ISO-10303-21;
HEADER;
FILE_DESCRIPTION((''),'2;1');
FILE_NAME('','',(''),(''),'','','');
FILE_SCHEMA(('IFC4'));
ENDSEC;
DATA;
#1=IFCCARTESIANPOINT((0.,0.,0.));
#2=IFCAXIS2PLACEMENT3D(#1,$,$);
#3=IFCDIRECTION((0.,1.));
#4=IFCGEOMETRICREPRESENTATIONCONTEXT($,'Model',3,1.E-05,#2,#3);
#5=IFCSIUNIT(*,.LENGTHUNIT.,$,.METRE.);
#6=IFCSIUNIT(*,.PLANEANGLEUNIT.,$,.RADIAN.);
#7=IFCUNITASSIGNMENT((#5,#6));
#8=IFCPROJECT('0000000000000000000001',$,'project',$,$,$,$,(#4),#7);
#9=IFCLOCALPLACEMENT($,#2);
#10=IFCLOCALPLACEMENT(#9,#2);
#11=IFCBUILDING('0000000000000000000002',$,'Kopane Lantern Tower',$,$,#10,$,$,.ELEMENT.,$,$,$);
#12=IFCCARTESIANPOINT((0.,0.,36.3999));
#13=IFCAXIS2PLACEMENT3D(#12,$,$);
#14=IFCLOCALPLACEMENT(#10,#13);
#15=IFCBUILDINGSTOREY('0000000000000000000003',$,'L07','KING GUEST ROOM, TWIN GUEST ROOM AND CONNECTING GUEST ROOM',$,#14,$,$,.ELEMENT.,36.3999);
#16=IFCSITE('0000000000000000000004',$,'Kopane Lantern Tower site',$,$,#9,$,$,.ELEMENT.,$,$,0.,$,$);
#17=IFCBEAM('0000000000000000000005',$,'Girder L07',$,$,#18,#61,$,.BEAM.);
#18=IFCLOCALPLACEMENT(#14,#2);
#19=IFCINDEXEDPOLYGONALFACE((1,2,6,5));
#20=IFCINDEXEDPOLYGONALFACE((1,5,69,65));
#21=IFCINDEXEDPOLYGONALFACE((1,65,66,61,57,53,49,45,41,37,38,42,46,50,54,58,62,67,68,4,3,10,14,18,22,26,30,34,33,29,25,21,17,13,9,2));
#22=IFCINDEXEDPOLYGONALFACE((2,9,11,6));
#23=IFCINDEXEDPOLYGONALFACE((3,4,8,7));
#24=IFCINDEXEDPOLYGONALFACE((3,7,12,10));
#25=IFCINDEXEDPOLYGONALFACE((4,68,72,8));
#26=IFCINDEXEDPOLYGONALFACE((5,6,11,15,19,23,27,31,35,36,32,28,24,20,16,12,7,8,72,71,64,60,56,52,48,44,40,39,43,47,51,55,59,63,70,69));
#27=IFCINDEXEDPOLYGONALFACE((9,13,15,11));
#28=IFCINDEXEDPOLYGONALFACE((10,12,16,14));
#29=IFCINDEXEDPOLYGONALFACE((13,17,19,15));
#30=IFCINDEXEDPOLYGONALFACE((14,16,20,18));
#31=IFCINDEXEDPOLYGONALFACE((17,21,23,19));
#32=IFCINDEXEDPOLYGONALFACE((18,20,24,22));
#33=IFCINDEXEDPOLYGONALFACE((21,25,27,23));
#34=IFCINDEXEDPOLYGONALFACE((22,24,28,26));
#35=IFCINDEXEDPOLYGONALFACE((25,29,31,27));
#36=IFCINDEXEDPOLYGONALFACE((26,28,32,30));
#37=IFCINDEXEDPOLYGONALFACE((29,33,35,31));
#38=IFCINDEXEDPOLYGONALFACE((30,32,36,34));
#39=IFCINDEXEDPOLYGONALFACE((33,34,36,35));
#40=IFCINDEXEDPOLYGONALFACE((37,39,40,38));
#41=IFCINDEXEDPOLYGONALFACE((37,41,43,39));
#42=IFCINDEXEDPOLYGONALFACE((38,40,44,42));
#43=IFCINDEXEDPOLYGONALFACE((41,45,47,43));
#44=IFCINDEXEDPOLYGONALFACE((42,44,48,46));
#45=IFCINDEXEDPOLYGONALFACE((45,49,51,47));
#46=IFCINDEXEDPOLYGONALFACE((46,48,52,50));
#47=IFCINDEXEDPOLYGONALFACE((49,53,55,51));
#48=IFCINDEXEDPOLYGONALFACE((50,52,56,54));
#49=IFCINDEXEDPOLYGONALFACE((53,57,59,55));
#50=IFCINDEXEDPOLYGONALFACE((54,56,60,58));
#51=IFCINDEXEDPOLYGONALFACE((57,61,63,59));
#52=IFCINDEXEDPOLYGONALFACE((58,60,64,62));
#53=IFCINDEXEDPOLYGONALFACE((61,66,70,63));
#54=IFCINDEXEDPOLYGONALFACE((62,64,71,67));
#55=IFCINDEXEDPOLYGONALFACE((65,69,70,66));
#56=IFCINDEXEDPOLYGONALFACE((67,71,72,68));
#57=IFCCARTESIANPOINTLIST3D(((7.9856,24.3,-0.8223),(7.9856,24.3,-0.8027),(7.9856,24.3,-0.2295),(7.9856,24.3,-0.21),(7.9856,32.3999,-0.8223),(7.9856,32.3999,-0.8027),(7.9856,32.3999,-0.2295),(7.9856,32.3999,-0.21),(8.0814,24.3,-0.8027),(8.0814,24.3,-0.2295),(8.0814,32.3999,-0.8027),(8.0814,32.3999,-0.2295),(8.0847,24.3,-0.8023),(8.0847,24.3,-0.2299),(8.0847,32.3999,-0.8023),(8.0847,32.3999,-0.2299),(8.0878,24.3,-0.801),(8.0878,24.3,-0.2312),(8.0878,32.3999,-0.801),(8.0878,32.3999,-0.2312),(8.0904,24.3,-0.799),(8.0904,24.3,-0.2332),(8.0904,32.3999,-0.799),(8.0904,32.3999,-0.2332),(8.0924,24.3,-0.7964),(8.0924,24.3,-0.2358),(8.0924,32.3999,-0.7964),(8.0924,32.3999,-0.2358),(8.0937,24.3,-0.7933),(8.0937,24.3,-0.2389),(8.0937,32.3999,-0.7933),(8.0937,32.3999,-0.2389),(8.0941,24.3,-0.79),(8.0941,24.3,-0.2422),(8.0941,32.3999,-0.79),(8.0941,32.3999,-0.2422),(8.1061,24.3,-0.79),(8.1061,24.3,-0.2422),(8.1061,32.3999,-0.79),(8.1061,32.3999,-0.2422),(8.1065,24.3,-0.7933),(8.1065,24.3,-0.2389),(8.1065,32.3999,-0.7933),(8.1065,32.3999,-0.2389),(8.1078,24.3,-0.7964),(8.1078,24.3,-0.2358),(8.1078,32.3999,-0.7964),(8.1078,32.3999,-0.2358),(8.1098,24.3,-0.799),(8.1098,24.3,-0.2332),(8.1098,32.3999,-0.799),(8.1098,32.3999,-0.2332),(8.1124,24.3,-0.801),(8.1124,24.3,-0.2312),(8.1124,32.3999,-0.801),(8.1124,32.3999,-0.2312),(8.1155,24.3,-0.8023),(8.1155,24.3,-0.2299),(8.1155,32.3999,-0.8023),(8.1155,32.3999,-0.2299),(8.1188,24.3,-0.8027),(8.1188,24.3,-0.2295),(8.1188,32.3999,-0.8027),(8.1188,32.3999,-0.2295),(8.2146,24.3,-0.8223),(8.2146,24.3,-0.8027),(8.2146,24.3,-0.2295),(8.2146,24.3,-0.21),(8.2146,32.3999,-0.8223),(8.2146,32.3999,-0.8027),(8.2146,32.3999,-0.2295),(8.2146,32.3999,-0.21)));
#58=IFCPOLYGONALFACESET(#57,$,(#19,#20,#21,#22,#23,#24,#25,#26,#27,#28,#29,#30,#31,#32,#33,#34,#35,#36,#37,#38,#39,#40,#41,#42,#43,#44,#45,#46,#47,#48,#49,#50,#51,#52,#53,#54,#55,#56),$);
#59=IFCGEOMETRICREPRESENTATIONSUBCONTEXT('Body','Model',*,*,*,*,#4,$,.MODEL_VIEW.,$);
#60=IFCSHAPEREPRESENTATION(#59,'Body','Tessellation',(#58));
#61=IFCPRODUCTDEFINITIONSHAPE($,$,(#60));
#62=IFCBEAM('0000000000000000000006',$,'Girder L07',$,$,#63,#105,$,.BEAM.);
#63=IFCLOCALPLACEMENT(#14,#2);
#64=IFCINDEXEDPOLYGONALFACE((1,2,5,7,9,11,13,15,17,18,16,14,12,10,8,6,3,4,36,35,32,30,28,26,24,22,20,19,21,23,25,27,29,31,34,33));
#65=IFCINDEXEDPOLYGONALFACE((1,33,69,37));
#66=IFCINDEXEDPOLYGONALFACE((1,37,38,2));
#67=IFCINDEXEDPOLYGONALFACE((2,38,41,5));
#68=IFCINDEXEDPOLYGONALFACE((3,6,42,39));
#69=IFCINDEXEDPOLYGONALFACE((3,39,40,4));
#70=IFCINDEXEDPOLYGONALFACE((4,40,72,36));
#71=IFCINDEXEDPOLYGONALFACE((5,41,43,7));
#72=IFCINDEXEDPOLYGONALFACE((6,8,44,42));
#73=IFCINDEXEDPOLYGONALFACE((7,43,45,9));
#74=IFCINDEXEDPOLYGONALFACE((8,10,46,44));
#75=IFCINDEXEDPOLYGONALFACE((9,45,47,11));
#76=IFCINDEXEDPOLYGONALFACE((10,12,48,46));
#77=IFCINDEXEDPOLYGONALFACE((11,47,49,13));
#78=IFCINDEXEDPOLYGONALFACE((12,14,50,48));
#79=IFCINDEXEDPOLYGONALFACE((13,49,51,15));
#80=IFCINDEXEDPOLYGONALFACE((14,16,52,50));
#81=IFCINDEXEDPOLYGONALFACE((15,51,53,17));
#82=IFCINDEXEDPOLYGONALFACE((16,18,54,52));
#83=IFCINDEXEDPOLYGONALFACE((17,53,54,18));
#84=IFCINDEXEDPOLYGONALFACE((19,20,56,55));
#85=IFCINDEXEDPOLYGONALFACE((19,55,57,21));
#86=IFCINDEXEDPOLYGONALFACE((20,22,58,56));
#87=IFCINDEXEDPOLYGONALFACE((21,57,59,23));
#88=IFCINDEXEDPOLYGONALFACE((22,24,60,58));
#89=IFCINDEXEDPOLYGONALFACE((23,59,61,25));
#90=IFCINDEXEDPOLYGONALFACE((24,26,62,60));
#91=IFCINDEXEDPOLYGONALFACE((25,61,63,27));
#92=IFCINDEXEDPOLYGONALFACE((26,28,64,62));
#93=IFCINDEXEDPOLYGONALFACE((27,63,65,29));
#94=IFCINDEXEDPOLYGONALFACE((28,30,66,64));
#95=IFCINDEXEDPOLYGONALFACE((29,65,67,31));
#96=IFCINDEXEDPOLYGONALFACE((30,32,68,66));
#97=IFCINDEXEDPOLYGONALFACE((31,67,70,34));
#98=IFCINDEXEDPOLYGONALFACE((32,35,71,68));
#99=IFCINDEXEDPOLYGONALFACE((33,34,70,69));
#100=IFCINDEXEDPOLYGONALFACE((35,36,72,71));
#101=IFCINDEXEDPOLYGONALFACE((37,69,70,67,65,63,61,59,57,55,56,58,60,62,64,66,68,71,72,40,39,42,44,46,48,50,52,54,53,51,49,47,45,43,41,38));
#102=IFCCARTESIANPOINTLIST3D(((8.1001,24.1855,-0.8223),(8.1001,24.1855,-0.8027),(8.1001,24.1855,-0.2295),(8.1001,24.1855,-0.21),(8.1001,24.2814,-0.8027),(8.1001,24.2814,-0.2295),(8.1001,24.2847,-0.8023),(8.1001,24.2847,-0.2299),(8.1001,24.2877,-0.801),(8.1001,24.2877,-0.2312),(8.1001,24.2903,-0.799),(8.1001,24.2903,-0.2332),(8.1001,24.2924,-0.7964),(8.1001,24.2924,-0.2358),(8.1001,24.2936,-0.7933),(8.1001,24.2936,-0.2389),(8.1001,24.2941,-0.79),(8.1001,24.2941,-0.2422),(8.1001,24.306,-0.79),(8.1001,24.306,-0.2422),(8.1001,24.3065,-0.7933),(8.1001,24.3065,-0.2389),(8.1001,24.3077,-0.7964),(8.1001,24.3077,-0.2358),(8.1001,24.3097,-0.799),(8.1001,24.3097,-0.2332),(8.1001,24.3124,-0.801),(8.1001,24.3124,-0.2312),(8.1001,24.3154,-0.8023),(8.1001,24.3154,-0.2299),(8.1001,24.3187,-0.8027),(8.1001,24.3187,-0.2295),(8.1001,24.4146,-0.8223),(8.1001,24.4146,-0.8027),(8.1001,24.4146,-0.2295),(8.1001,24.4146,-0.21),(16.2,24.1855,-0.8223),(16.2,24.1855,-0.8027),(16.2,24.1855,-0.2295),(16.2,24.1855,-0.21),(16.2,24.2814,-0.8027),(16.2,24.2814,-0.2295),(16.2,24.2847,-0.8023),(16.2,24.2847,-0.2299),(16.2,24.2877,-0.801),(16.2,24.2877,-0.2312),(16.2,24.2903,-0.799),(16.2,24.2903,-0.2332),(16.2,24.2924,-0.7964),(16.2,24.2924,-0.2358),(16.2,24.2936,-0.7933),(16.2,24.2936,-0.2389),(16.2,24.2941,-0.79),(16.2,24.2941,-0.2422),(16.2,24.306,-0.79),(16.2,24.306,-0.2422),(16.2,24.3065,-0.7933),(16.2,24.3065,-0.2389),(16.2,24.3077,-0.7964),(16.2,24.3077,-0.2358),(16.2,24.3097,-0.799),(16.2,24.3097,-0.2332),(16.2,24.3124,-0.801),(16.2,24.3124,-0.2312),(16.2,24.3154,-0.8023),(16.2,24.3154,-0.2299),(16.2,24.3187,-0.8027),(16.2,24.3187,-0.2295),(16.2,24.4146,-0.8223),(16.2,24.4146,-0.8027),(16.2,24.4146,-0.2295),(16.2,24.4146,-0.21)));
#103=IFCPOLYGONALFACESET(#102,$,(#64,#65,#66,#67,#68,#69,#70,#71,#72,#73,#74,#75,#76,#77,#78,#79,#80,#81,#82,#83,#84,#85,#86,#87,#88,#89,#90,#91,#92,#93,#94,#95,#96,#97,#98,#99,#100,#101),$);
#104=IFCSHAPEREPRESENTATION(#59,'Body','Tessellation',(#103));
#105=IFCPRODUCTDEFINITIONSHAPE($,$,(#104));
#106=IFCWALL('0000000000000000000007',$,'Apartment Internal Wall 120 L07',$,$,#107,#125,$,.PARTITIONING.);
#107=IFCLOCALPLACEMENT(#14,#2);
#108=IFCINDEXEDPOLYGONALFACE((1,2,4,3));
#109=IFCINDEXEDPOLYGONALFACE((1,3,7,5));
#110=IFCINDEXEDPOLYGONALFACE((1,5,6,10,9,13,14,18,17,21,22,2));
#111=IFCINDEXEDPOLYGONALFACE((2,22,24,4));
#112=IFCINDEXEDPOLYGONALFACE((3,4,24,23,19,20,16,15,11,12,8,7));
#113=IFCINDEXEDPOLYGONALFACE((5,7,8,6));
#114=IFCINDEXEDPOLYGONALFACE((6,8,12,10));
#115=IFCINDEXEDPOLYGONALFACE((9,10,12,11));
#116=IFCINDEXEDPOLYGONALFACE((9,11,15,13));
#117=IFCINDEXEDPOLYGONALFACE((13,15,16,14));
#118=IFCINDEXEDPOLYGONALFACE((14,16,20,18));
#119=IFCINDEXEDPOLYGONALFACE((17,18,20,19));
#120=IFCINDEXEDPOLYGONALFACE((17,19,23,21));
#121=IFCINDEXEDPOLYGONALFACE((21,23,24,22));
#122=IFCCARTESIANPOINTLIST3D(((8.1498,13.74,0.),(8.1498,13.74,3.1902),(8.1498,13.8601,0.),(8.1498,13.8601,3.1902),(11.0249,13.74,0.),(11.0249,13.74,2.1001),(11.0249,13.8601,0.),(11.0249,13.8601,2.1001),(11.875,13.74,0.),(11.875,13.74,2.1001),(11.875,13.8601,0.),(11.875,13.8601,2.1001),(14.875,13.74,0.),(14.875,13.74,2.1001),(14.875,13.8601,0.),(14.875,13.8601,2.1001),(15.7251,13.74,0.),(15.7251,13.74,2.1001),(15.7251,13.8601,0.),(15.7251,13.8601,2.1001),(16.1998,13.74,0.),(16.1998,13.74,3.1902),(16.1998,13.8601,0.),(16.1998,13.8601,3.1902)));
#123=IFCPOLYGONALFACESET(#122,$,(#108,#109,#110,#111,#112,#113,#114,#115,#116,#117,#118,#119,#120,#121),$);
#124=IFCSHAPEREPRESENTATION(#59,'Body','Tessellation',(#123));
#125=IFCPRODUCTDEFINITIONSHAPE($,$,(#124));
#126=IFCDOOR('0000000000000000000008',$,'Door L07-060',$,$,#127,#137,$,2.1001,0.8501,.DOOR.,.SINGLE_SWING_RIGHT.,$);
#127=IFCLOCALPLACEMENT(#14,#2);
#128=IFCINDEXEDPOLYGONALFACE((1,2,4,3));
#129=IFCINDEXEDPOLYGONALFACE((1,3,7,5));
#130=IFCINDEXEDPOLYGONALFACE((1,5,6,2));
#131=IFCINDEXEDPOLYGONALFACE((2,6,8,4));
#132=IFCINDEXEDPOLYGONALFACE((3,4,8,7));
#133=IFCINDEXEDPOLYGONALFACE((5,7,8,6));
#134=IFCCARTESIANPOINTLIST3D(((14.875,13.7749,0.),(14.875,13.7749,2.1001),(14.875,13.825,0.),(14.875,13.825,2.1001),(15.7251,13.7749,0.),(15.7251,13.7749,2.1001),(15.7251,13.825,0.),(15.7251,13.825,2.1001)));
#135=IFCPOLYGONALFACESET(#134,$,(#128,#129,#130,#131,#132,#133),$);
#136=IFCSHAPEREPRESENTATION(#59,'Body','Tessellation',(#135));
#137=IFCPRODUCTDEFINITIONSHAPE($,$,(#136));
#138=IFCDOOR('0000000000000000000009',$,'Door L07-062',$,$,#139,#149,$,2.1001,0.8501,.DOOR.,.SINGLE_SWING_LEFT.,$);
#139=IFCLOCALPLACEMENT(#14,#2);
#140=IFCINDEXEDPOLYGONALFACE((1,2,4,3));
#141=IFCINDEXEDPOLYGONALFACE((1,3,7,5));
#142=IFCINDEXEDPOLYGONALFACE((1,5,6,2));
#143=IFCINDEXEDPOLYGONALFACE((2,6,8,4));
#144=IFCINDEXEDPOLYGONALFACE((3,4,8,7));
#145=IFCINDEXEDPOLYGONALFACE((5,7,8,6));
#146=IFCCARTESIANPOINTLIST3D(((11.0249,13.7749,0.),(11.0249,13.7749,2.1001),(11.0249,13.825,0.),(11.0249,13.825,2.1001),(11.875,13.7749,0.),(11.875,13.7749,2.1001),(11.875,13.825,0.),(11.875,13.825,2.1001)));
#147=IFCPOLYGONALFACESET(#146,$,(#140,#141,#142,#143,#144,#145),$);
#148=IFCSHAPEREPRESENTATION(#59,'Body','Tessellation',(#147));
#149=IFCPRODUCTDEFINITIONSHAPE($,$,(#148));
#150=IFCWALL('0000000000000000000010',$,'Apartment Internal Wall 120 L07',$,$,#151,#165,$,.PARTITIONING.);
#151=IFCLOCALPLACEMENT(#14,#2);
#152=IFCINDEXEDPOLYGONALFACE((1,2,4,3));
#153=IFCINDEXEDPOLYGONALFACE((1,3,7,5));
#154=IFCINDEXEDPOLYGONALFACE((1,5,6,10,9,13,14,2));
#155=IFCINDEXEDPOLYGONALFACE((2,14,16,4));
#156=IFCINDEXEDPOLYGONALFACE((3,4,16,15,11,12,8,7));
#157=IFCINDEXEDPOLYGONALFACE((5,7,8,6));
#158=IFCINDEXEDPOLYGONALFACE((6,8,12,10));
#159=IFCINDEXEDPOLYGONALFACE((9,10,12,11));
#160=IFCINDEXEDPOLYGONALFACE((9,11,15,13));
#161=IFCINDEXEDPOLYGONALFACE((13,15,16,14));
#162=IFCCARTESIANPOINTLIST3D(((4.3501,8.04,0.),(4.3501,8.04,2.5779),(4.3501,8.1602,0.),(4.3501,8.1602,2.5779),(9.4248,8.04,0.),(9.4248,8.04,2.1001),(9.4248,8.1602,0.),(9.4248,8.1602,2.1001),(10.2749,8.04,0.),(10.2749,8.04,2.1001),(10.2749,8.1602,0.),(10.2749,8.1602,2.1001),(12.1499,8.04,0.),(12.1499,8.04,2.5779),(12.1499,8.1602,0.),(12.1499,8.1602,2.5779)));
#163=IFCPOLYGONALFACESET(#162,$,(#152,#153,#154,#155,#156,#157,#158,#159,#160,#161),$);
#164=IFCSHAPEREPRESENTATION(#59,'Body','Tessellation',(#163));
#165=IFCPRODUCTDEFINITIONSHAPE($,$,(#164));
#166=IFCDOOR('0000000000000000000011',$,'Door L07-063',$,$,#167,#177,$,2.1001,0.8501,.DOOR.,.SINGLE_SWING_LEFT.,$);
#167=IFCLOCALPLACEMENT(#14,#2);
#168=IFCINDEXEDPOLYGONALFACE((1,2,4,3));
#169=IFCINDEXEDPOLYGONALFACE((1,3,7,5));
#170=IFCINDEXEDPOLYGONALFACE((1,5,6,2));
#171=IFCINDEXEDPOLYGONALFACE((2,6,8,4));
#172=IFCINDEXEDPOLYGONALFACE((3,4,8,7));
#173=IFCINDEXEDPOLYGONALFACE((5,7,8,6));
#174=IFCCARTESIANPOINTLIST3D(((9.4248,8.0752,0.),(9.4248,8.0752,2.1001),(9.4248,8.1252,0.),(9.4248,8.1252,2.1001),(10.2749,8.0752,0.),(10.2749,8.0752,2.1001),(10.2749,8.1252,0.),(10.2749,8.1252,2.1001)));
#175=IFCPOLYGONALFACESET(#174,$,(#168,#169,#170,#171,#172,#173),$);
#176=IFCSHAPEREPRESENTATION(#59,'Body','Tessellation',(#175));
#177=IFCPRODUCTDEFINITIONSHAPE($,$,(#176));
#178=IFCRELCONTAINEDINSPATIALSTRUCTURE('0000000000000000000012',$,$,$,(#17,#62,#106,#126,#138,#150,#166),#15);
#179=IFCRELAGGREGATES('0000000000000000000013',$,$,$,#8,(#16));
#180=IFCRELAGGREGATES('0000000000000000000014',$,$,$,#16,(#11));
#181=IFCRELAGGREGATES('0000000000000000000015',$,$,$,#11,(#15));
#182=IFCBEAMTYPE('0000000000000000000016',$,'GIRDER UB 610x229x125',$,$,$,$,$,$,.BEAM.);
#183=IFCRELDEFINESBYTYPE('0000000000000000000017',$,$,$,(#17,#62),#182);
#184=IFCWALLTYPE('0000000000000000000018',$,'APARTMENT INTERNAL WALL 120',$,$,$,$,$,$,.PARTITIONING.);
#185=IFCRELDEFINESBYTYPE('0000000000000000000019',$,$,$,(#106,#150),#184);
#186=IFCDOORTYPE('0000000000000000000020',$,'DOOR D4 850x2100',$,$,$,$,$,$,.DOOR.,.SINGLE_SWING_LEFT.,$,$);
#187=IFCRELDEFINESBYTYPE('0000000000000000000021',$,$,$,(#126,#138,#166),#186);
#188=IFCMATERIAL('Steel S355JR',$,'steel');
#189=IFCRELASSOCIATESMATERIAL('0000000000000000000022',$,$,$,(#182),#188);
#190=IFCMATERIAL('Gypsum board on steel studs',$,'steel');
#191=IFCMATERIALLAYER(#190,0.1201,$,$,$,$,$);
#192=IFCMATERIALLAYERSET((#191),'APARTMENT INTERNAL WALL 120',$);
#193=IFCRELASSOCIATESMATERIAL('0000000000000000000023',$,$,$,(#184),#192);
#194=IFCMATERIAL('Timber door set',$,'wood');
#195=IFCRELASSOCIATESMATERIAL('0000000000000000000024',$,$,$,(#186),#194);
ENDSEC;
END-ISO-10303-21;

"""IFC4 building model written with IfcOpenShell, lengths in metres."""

from ifc_helpers import new_model, si_unit, direction, frame, frame_2d, origin, origin_2d, place, context, subcontext, project, spatial, rectangle, i_section, extrude, material, layer, layer_set, material_profile, profile_set, type_object, element, fill, save


model = new_model("IFC4")

# Units and contexts
model_context = context("Model", 3, precision=1e-05, world=origin(), true_north=direction((0.0, 1.0)))
body_context = subcontext(model_context, "Body", "Model", "MODEL_VIEW")
ifc_project = project(units=[si_unit("LENGTHUNIT", "METRE"), si_unit("PLANEANGLEUNIT", "RADIAN")], contexts=[model_context])

# Site, building, storey
site_placement = place(None, origin())
site = spatial("IfcSite", under=ifc_project, at=site_placement, Name="Kopane Lantern Tower site", CompositionType="ELEMENT", RefElevation=0.0)
building_placement = place(site_placement, origin())
building = spatial("IfcBuilding", under=site, at=building_placement, Name="Kopane Lantern Tower", CompositionType="ELEMENT")
storey_placement = place(building_placement, frame((0.0, 0.0, 36.3999)))
storey = spatial("IfcBuildingStorey", under=building, at=storey_placement, Name="L07", Description="KING GUEST ROOM, TWIN GUEST ROOM AND CONNECTING GUEST ROOM", CompositionType="ELEMENT", Elevation=36.3999)

# Beams
ifc_material_1 = material(Name="Steel S355JR", Category="steel")
ifc_material_profile_1 = material_profile(ifc_material_1, i_section(OverallWidth=0.229, OverallDepth=0.6123, WebThickness=0.012, FlangeThickness=0.0195, FilletRadius=0.0127, at=origin_2d()), Name="UB 610x229x125")
ifc_profile_set_1 = profile_set([ifc_material_profile_1], Name="Steel S355JR")
beam_type = type_object("IfcBeamType", Name="GIRDER UB 610x229x125", PredefinedType="BEAM", material=ifc_profile_set_1)
for number, where, z_axis, x_axis, name in (
    (1, (8.1001, 24.3, -0.5161), (0.0, 1.0, 0.0), (-1.0, 0.0, 0.0), "Girder L07"),
    (2, (8.1001, 24.3, -0.5161), (1.0, 0.0, 0.0), (0.0, 1.0, 0.0), "Girder L07"),
):
    element("IfcBeam", number, at=place(storey_placement, frame(where, z_axis=z_axis, x_axis=x_axis)), inside=storey, type_object=beam_type, Name=name, PredefinedType="BEAM", context=body_context, shape_type="SweptSolid", body=[
        extrude(i_section(OverallWidth=0.229, OverallDepth=0.6123, WebThickness=0.012, FlangeThickness=0.0195, FilletRadius=0.0127, at=origin_2d()), origin(), (0.0, 0.0, 1.0), 8.0999),
    ])

# Wall, openings, doors
ifc_material_2 = material(Name="Gypsum board on steel studs", Category="steel")
ifc_layer_1 = layer(ifc_material_2, 0.1201)
ifc_layer_set_1 = layer_set([ifc_layer_1], Name="APARTMENT INTERNAL WALL 120")
wall_type_1 = type_object("IfcWallType", Name="APARTMENT INTERNAL WALL 120", PredefinedType="PARTITIONING", material=ifc_layer_set_1)
wall_1_placement = place(storey_placement, frame((8.1499, 13.8, 0.0), z_axis=(0.0, 0.0, 1.0), x_axis=(1.0, 0.0, 0.0)))
wall_1 = element("IfcWall", 3, at=wall_1_placement, inside=storey, type_object=wall_type_1, Name="Apartment Internal Wall 120 L07", PredefinedType="PARTITIONING", context=body_context, shape_type="SweptSolid", body=[
    extrude(rectangle(XDim=8.05, YDim=0.1201, at=frame_2d((4.0249, 0.0))), origin(), (0.0, 0.0, 1.0), 3.1902),
])
opening_1_placement = place(wall_1_placement, frame((6.7251, 0.0, 0.0)))
opening_1 = element("IfcOpeningElement", 4, at=opening_1_placement, cuts=wall_1, PredefinedType="OPENING", context=body_context, shape_type="SweptSolid", body=[
    extrude(rectangle(XDim=0.8501, YDim=2.1001, at=frame_2d((0.425, 1.05))), frame((0.0, 0.0701, 0.0), z_axis=(0.0, -1.0, 0.0), x_axis=(1.0, 0.0, 0.0)), (0.0, 0.0, 1.0), 0.1401),
])
opening_2_placement = place(wall_1_placement, frame((2.875, 0.0, 0.0)))
opening_2 = element("IfcOpeningElement", 5, at=opening_2_placement, cuts=wall_1, PredefinedType="OPENING", context=body_context, shape_type="SweptSolid", body=[
    extrude(rectangle(XDim=0.8501, YDim=2.1001, at=frame_2d((0.425, 1.05))), frame((0.0, 0.0701, 0.0), z_axis=(0.0, -1.0, 0.0), x_axis=(1.0, 0.0, 0.0)), (0.0, 0.0, 1.0), 0.1401),
])
ifc_material_3 = material(Name="Timber door set", Category="wood")
door_type_1 = type_object("IfcDoorType", Name="DOOR D4 850x2100", OperationType="SINGLE_SWING_LEFT", PredefinedType="DOOR", material=ifc_material_3)
door_1_placement = place(opening_1_placement, origin())
door_1 = element("IfcDoor", 6, at=door_1_placement, inside=storey, type_object=door_type_1, Name="Door L07-060", OperationType="SINGLE_SWING_RIGHT", OverallHeight=2.1001, OverallWidth=0.8501, PredefinedType="DOOR", context=body_context, shape_type="SweptSolid", body=[
    extrude(rectangle(XDim=0.8501, YDim=2.1001, at=frame_2d((0.425, 1.05))), frame((0.0, 0.0249, 0.0), z_axis=(0.0, -1.0, 0.0), x_axis=(1.0, 0.0, 0.0)), (0.0, 0.0, 1.0), 0.05),
])
fill(opening_1, door_1)
door_2_placement = place(opening_2_placement, origin())
door_2 = element("IfcDoor", 7, at=door_2_placement, inside=storey, type_object=door_type_1, Name="Door L07-062", OperationType="SINGLE_SWING_LEFT", OverallHeight=2.1001, OverallWidth=0.8501, PredefinedType="DOOR", context=body_context, shape_type="SweptSolid", body=[
    extrude(rectangle(XDim=0.8501, YDim=2.1001, at=frame_2d((0.425, 1.05))), frame((0.0, 0.0249, 0.0), z_axis=(0.0, -1.0, 0.0), x_axis=(1.0, 0.0, 0.0)), (0.0, 0.0, 1.0), 0.05),
])
fill(opening_2, door_2)

# Wall, opening, door
wall_2_placement = place(storey_placement, frame((12.1499, 8.1001, 0.0), z_axis=(0.0, 0.0, 1.0), x_axis=(-1.0, 0.0, 0.0)))
wall_2 = element("IfcWall", 8, at=wall_2_placement, inside=storey, type_object=wall_type_1, Name="Apartment Internal Wall 120 L07", PredefinedType="PARTITIONING", context=body_context, shape_type="SweptSolid", body=[
    extrude(rectangle(XDim=7.7998, YDim=0.1201, at=frame_2d((3.8999, 0.0))), origin(), (0.0, 0.0, 1.0), 2.5779),
])
opening_3_placement = place(wall_2_placement, frame((1.875, 0.0, 0.0)))
opening_3 = element("IfcOpeningElement", 9, at=opening_3_placement, cuts=wall_2, PredefinedType="OPENING", context=body_context, shape_type="SweptSolid", body=[
    extrude(rectangle(XDim=0.8501, YDim=2.1001, at=frame_2d((0.425, 1.05))), frame((0.0, 0.0701, 0.0), z_axis=(0.0, -1.0, 0.0), x_axis=(1.0, 0.0, 0.0)), (0.0, 0.0, 1.0), 0.1401),
])
door_3_placement = place(opening_3_placement, origin())
door_3 = element("IfcDoor", 10, at=door_3_placement, inside=storey, type_object=door_type_1, Name="Door L07-063", OperationType="SINGLE_SWING_LEFT", OverallHeight=2.1001, OverallWidth=0.8501, PredefinedType="DOOR", context=body_context, shape_type="SweptSolid", body=[
    extrude(rectangle(XDim=0.8501, YDim=2.1001, at=frame_2d((0.425, 1.05))), frame((0.0, 0.0249, 0.0), z_axis=(0.0, -1.0, 0.0), x_axis=(1.0, 0.0, 0.0)), (0.0, 0.0, 1.0), 0.05),
])
fill(opening_3, door_3)

save(model, "model.ifc")
